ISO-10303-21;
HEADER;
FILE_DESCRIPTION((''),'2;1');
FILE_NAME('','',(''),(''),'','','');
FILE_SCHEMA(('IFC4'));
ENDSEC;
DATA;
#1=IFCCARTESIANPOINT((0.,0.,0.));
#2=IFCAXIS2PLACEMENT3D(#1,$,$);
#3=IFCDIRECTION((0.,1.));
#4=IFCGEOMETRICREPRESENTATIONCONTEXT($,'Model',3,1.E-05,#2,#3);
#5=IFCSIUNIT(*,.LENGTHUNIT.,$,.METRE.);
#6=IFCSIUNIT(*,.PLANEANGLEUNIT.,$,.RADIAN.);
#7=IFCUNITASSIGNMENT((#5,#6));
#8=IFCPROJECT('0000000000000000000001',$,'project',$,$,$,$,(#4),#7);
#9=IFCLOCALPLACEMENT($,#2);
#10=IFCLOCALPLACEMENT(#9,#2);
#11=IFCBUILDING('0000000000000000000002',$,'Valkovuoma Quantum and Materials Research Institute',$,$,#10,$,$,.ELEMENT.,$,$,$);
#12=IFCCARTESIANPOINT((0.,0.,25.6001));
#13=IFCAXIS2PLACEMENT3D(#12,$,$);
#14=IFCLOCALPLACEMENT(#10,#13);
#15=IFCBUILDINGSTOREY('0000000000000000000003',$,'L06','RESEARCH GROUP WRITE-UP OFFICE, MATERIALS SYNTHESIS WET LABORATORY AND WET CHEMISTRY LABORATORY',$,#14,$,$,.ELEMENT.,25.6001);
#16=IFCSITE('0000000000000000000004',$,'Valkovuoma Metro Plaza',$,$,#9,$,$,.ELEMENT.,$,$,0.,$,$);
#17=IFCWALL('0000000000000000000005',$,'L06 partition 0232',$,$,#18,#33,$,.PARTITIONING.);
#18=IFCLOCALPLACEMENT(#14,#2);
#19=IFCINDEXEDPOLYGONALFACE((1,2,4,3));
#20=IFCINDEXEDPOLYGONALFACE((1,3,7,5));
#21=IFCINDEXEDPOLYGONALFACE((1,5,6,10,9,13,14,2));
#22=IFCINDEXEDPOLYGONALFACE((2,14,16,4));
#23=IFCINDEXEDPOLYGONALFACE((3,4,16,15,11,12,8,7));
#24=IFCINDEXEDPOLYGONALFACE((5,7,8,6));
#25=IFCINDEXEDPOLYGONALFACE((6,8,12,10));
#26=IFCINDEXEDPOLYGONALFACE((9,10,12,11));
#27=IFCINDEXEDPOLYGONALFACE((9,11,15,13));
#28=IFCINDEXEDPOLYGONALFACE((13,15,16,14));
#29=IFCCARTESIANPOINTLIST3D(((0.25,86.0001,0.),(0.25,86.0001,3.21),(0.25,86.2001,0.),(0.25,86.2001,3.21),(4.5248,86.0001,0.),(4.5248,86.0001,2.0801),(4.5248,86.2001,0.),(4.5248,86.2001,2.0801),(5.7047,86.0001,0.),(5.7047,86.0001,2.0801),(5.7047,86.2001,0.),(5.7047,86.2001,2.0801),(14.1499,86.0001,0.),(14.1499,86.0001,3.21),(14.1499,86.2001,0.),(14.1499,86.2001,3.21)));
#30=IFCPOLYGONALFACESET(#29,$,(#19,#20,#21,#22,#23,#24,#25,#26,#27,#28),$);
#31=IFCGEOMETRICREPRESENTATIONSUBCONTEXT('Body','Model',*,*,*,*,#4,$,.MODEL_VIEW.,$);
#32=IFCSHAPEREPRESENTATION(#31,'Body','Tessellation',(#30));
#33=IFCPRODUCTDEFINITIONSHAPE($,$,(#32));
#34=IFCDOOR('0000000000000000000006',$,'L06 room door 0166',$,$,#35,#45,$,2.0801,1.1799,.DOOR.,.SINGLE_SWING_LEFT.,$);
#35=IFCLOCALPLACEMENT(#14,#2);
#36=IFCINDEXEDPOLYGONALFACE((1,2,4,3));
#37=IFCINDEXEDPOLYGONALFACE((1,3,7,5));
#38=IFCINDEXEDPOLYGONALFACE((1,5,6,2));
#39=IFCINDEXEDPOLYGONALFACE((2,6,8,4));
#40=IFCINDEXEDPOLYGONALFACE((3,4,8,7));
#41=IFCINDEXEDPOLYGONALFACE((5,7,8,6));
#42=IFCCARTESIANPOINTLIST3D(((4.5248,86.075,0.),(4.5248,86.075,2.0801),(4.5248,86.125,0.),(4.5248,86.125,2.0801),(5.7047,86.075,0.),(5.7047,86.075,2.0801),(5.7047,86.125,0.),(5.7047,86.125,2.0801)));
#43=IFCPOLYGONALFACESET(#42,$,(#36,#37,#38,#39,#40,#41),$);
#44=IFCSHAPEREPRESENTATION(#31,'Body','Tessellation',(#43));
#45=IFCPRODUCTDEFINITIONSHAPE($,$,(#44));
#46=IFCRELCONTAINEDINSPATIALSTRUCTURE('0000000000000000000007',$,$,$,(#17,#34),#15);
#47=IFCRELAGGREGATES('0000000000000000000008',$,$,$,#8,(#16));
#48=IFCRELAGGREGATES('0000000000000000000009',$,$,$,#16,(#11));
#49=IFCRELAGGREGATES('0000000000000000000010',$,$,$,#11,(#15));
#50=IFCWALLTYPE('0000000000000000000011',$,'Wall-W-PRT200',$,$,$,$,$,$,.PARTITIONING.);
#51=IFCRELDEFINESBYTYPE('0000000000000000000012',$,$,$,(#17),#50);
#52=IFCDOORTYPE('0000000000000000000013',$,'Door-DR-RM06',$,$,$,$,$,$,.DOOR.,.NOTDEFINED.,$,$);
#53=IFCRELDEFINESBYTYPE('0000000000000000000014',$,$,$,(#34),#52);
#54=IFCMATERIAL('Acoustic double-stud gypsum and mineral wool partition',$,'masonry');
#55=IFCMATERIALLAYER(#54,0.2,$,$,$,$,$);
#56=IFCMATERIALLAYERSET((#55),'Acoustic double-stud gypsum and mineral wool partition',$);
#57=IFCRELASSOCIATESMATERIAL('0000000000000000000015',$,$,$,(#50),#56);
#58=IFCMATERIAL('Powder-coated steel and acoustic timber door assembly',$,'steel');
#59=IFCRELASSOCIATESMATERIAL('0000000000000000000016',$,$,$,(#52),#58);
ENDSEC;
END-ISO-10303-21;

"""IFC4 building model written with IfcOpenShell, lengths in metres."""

from ifc_helpers import new_model, si_unit, direction, frame, frame_2d, origin, place, context, subcontext, project, spatial, rectangle, extrude, material, layer, layer_set, type_object, element, fill, save


model = new_model("IFC4")

# Units and contexts
model_context = context("Model", 3, precision=1e-05, world=origin(), true_north=direction((0.0, 1.0)))
body_context = subcontext(model_context, "Body", "Model", "MODEL_VIEW")
ifc_project = project(units=[si_unit("LENGTHUNIT", "METRE"), si_unit("PLANEANGLEUNIT", "RADIAN")], contexts=[model_context])

# Site, building, storey
site_placement = place(None, origin())
site = spatial("IfcSite", under=ifc_project, at=site_placement, Name="Valkovuoma Metro Plaza", CompositionType="ELEMENT", RefElevation=0.0)
building_placement = place(site_placement, origin())
building = spatial("IfcBuilding", under=site, at=building_placement, Name="Valkovuoma Quantum and Materials Research Institute", CompositionType="ELEMENT")
storey_placement = place(building_placement, frame((0.0, 0.0, 25.6001)))
storey = spatial("IfcBuildingStorey", under=building, at=storey_placement, Name="L06", Description="RESEARCH GROUP WRITE-UP OFFICE, MATERIALS SYNTHESIS WET LABORATORY AND WET CHEMISTRY LABORATORY", CompositionType="ELEMENT", Elevation=25.6001)

# Wall, opening, door
ifc_material_1 = material(Name="Acoustic double-stud gypsum and mineral wool partition", Category="masonry")
ifc_layer_1 = layer(ifc_material_1, 0.2)
ifc_layer_set_1 = layer_set([ifc_layer_1], Name="Acoustic double-stud gypsum and mineral wool partition")
wall_type_1 = type_object("IfcWallType", Name="Wall-W-PRT200", PredefinedType="PARTITIONING", material=ifc_layer_set_1)
wall_1_placement = place(storey_placement, frame((0.25, 86.1001, 0.0), z_axis=(0.0, 0.0, 1.0), x_axis=(1.0, 0.0, 0.0)))
wall_1 = element("IfcWall", 1, at=wall_1_placement, inside=storey, type_object=wall_type_1, Name="L06 partition 0232", PredefinedType="PARTITIONING", context=body_context, shape_type="SweptSolid", body=[
    extrude(rectangle(XDim=13.8999, YDim=0.2, at=frame_2d((6.95, 0.0))), origin(), (0.0, 0.0, 1.0), 3.21),
])
opening_placement = place(wall_1_placement, frame((4.2749, 0.0, 0.0)))
opening = element("IfcOpeningElement", 2, at=opening_placement, cuts=wall_1, PredefinedType="OPENING", context=body_context, shape_type="SweptSolid", body=[
    extrude(rectangle(XDim=1.1799, YDim=2.0801, at=frame_2d((0.5898, 1.04))), frame((0.0, 0.1099, 0.0), z_axis=(0.0, -1.0, 0.0), x_axis=(1.0, 0.0, 0.0)), (0.0, 0.0, 1.0), 0.22),
])
ifc_material_2 = material(Name="Powder-coated steel and acoustic timber door assembly", Category="steel")
door_type = type_object("IfcDoorType", Name="Door-DR-RM06", OperationType="NOTDEFINED", PredefinedType="DOOR", material=ifc_material_2)
door_placement = place(opening_placement, origin())
door = element("IfcDoor", 3, at=door_placement, inside=storey, type_object=door_type, Name="L06 room door 0166", OperationType="SINGLE_SWING_LEFT", OverallHeight=2.0801, OverallWidth=1.1799, PredefinedType="DOOR", context=body_context, shape_type="SweptSolid", body=[
    extrude(rectangle(XDim=1.1799, YDim=2.0801, at=frame_2d((0.5898, 1.04))), frame((0.0, 0.0249, 0.0), z_axis=(0.0, -1.0, 0.0), x_axis=(1.0, 0.0, 0.0)), (0.0, 0.0, 1.0), 0.05),
])
fill(opening, door)

save(model, "model.ifc")
